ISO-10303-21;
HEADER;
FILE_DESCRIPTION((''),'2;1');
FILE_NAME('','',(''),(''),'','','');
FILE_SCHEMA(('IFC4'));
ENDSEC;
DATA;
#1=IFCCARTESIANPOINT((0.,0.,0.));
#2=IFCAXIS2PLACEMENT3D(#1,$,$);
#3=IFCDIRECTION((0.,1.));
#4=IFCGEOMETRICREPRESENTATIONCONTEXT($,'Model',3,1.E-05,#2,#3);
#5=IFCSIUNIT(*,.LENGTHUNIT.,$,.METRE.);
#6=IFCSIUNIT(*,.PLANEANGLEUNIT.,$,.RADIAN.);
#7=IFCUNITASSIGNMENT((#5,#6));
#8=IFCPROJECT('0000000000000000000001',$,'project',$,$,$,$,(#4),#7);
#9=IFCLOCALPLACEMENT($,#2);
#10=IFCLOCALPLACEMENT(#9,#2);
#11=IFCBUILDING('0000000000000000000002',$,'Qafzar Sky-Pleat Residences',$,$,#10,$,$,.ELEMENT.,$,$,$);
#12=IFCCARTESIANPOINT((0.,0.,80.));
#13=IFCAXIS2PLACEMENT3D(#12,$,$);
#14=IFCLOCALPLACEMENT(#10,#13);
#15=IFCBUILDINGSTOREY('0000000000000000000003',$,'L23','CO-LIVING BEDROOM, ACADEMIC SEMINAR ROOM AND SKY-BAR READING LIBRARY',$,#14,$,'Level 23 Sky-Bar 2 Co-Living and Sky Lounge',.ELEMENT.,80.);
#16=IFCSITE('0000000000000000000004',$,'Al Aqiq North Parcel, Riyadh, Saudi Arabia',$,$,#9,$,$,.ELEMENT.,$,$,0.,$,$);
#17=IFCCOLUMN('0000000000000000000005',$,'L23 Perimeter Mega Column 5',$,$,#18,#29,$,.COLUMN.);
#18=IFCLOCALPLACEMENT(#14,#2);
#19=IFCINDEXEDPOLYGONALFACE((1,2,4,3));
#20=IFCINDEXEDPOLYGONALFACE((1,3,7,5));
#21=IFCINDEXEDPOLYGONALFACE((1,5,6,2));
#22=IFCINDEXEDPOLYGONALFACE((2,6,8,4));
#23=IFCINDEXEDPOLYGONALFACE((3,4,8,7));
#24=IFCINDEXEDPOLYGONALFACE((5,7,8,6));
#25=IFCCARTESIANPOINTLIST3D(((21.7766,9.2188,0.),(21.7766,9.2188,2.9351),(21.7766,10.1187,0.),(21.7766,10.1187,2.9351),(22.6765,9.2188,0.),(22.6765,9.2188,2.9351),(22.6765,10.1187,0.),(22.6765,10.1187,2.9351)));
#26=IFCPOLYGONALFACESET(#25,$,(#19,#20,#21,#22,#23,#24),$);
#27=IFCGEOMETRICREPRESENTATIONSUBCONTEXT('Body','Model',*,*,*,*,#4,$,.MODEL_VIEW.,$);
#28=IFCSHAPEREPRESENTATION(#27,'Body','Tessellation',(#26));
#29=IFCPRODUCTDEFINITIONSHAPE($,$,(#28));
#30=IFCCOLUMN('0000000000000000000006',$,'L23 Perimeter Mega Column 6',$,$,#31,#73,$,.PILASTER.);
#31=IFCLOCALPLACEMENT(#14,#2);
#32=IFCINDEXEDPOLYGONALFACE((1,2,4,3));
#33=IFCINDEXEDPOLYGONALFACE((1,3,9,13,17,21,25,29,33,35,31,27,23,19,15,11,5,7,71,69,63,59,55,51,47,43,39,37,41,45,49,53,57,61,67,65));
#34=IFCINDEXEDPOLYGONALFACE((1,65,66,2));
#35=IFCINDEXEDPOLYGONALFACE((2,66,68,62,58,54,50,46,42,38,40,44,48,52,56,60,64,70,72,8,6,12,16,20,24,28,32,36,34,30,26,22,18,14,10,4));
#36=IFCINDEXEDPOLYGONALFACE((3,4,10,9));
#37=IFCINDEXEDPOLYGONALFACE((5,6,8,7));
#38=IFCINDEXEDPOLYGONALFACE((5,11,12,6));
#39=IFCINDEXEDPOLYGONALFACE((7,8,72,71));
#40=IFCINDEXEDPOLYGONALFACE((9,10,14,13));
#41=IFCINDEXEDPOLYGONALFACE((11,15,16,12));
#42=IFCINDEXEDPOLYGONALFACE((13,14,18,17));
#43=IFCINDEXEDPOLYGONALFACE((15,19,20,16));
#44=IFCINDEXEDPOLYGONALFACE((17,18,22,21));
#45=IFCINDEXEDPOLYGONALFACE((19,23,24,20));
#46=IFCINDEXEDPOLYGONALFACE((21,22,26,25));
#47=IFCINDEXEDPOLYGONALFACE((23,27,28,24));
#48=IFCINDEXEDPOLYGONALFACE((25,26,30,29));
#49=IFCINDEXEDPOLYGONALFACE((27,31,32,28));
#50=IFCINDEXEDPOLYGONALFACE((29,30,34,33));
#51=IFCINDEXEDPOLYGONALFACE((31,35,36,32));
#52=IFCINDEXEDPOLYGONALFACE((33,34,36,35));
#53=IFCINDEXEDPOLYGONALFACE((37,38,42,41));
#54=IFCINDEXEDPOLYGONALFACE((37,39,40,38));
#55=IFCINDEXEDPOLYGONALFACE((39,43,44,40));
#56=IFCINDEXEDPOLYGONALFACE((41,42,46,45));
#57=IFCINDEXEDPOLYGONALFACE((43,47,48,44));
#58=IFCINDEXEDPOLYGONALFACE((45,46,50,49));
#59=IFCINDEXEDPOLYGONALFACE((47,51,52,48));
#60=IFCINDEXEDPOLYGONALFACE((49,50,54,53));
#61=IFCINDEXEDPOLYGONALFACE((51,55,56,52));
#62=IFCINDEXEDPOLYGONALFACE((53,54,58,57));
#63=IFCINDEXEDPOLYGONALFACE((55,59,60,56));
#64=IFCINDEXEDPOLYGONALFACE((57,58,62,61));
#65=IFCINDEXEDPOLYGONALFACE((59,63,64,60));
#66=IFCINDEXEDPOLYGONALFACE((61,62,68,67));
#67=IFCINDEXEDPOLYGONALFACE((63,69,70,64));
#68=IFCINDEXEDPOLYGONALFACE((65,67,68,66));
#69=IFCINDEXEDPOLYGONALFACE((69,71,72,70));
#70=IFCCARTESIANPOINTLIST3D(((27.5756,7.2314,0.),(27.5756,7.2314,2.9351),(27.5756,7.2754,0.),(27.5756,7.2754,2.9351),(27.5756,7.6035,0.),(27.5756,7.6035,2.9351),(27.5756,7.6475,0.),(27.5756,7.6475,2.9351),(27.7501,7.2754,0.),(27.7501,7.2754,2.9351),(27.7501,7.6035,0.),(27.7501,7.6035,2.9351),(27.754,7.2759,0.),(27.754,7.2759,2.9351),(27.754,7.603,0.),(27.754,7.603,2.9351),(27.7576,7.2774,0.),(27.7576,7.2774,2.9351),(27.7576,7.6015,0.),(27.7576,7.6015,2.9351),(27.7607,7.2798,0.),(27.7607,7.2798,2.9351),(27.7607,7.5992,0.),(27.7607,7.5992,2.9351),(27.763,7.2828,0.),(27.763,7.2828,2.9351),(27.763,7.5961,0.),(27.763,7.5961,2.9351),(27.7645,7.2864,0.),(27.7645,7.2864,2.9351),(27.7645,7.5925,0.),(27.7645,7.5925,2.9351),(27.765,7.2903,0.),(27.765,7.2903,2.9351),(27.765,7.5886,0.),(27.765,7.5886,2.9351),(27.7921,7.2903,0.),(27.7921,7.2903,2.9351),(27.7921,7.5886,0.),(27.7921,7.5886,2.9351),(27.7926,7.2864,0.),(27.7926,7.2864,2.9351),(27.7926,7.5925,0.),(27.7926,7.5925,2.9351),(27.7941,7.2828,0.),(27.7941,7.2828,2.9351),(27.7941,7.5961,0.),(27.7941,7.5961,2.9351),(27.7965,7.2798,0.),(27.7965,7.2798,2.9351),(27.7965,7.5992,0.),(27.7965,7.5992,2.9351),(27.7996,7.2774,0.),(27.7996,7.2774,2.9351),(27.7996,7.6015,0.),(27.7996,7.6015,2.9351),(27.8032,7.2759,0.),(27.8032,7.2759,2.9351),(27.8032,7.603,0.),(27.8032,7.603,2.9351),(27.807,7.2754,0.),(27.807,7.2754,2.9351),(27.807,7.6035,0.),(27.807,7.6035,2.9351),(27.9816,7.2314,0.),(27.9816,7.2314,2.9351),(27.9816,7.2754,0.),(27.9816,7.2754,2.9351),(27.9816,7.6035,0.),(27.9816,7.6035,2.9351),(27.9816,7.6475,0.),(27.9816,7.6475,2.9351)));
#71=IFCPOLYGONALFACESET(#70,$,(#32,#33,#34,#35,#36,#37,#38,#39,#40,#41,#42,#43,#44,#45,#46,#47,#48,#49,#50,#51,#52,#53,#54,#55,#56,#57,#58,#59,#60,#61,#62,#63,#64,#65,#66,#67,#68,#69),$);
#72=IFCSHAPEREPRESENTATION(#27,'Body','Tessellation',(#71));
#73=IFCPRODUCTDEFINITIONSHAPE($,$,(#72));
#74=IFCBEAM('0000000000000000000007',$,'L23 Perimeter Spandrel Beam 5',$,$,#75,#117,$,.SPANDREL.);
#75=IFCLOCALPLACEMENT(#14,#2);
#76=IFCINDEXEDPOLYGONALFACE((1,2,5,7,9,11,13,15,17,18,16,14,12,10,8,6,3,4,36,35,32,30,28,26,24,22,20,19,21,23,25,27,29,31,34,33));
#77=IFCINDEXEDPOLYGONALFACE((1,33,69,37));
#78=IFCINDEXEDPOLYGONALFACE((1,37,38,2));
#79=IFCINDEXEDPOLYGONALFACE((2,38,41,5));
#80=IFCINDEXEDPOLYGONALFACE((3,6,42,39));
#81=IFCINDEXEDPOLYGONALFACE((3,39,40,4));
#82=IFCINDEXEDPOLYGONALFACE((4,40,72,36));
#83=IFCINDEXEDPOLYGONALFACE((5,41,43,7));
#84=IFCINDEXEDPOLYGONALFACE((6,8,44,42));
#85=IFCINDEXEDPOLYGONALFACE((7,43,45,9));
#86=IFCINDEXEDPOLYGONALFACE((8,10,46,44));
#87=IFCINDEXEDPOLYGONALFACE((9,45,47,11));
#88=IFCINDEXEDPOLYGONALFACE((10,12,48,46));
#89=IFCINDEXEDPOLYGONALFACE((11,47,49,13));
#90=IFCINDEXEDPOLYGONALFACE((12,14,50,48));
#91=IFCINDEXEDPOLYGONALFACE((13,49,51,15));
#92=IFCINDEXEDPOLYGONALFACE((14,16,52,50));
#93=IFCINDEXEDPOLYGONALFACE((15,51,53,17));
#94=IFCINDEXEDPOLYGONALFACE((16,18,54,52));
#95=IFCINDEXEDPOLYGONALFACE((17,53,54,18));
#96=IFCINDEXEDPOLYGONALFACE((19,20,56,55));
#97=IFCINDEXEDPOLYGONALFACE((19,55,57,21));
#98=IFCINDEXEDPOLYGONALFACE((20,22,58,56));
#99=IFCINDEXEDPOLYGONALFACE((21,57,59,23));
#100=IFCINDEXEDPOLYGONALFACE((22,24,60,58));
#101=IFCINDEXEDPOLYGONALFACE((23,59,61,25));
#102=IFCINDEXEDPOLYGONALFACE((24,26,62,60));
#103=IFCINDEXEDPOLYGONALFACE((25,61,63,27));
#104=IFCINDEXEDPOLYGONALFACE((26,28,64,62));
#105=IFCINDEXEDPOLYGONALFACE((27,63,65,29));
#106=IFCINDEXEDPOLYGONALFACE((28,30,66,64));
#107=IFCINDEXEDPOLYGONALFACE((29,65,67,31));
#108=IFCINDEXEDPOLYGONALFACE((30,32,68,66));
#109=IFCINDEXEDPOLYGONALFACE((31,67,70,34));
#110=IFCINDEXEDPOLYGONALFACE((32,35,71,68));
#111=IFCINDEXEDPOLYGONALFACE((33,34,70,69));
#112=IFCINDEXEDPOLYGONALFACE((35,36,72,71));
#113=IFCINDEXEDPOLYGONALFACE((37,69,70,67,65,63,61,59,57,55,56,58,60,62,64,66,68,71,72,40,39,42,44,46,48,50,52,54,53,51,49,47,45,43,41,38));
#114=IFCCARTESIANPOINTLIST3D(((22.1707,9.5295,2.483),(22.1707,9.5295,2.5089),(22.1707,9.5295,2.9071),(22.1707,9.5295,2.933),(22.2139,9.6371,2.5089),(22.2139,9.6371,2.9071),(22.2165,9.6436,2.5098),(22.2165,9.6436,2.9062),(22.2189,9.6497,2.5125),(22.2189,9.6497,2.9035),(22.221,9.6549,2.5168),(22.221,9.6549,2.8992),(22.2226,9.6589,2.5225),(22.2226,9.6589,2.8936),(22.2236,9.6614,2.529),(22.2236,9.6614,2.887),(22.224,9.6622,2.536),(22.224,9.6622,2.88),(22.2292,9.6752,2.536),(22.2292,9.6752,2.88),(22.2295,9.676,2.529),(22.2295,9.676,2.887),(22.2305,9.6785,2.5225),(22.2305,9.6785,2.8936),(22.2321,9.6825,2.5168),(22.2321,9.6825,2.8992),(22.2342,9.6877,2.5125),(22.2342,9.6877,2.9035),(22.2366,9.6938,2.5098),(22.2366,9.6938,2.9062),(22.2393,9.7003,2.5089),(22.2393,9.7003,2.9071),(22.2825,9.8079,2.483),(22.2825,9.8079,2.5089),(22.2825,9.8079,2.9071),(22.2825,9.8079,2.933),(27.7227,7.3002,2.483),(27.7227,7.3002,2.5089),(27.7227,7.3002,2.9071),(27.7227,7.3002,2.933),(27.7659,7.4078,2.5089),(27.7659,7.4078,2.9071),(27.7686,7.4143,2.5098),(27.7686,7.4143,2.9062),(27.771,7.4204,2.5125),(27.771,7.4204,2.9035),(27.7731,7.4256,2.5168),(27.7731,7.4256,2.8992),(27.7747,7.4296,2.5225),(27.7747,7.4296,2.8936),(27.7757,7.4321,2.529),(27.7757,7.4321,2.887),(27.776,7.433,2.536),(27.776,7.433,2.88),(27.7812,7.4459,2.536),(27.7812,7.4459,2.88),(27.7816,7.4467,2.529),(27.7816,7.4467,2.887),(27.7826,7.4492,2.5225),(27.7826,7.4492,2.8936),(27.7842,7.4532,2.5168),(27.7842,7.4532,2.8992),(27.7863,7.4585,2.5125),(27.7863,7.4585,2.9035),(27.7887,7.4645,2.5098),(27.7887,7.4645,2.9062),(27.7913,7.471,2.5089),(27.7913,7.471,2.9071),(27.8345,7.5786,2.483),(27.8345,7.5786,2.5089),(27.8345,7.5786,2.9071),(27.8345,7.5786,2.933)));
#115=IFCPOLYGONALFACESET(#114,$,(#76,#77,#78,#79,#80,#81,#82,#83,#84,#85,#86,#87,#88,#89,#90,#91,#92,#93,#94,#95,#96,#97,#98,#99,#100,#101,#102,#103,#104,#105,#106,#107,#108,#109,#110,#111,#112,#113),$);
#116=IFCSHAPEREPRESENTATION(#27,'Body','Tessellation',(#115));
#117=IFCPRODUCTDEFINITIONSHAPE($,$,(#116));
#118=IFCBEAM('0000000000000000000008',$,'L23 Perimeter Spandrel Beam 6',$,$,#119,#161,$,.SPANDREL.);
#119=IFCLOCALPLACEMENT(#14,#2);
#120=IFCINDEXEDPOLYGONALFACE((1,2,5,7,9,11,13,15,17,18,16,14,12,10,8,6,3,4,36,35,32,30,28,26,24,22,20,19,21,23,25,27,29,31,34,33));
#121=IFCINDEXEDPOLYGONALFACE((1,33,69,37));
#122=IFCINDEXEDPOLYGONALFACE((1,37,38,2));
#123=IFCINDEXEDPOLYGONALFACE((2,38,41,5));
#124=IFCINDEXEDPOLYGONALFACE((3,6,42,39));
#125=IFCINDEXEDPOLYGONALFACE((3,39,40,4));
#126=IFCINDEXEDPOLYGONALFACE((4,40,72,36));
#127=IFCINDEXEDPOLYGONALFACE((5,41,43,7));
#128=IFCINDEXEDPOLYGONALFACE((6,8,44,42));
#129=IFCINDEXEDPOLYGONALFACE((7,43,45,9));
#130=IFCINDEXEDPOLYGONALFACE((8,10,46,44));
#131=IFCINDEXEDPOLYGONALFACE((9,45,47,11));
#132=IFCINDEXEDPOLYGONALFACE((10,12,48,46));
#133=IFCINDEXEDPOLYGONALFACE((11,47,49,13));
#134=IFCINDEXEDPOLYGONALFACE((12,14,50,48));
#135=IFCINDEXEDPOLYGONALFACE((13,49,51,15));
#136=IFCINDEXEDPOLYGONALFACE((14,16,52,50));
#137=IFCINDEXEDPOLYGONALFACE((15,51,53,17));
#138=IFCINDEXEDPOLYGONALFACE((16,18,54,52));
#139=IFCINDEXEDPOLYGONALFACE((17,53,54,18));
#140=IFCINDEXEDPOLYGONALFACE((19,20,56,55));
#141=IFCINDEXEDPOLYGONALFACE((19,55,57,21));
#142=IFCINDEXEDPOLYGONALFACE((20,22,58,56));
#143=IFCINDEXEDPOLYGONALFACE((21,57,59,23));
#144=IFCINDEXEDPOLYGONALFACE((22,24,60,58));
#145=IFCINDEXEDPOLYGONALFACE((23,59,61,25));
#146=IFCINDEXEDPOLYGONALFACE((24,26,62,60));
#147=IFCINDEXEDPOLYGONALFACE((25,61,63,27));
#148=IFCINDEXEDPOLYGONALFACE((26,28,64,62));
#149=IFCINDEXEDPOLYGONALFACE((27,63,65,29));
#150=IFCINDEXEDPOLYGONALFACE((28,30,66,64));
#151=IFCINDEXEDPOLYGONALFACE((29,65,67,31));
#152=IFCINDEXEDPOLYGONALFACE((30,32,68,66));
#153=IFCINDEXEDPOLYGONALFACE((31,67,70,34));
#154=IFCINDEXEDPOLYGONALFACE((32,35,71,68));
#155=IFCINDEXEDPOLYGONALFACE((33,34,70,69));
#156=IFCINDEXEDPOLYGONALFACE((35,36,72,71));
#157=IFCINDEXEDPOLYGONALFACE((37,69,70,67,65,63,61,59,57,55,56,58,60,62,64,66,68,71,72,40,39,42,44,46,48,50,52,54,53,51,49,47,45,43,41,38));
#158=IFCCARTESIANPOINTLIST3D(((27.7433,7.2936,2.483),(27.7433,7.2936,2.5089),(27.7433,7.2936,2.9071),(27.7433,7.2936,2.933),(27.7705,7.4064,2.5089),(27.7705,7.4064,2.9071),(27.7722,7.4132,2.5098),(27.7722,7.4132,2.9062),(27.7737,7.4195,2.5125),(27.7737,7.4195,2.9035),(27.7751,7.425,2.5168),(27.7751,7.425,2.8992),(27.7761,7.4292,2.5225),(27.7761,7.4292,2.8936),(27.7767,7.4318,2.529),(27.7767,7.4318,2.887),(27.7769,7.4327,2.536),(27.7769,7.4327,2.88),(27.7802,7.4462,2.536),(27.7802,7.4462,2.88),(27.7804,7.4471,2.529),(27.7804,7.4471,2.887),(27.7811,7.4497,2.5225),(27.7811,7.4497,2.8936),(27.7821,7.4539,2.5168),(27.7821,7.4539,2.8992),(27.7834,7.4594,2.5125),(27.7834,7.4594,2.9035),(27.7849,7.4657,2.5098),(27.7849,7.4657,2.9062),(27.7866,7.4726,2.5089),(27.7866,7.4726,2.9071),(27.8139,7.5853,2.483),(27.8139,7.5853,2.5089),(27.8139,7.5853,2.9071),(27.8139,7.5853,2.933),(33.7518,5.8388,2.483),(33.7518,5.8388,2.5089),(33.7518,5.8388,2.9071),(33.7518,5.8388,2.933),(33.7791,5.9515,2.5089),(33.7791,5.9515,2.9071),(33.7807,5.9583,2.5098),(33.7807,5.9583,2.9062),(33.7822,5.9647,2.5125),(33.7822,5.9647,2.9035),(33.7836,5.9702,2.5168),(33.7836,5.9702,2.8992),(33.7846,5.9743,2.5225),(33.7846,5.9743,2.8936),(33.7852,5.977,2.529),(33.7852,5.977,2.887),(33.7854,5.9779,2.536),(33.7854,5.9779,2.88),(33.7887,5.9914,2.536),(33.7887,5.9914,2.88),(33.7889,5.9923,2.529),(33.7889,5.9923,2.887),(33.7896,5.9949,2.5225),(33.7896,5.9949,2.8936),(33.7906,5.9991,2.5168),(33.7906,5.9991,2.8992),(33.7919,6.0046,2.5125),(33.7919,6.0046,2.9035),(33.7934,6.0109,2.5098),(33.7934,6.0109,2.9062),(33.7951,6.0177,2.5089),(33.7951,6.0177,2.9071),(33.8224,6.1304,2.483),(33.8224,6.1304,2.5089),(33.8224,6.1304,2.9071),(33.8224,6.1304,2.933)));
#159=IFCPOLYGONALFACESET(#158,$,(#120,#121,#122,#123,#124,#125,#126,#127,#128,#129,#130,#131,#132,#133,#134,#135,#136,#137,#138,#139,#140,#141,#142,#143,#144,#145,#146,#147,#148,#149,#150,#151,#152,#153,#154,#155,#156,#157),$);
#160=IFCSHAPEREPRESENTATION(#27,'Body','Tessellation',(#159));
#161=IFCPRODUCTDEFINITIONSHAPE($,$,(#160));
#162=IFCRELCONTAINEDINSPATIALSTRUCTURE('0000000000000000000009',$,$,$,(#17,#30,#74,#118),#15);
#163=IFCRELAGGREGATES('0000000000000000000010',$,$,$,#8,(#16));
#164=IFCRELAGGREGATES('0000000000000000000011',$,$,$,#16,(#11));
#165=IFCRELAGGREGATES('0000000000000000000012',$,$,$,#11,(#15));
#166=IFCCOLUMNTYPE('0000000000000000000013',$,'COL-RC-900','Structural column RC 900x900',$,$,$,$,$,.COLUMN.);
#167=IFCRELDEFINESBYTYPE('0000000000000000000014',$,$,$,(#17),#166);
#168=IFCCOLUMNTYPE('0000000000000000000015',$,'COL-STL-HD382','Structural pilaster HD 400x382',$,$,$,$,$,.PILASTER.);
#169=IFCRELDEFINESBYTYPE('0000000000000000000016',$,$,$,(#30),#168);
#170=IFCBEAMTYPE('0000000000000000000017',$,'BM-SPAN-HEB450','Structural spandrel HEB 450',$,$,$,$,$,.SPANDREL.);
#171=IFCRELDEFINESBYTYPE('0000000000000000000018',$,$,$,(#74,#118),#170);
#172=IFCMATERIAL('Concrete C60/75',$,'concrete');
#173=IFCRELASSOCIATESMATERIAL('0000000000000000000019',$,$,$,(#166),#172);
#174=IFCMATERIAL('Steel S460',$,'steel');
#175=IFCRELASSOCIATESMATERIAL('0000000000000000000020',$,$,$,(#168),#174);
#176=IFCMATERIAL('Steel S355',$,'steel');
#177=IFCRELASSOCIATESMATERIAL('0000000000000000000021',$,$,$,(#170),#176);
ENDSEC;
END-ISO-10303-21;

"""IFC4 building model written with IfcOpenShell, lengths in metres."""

from ifc_helpers import new_model, si_unit, direction, frame, origin, origin_2d, place, context, subcontext, project, spatial, rectangle, i_section, extrude, source, transform, mapped, material, material_profile, profile_set, type_object, element, save


model = new_model("IFC4")

# Units and contexts
model_context = context("Model", 3, precision=1e-05, world=origin(), true_north=direction((0.0, 1.0)))
body_context = subcontext(model_context, "Body", "Model", "MODEL_VIEW")
ifc_project = project(units=[si_unit("LENGTHUNIT", "METRE"), si_unit("PLANEANGLEUNIT", "RADIAN")], contexts=[model_context])

# Site, building, storey
site_placement = place(None, origin())
site = spatial("IfcSite", under=ifc_project, at=site_placement, Name="Al Aqiq North Parcel, Riyadh, Saudi Arabia", CompositionType="ELEMENT", RefElevation=0.0)
building_placement = place(site_placement, origin())
building = spatial("IfcBuilding", under=site, at=building_placement, Name="Qafzar Sky-Pleat Residences", CompositionType="ELEMENT")
storey_placement = place(building_placement, frame((0.0, 0.0, 80.0)))
storey = spatial("IfcBuildingStorey", under=building, at=storey_placement, Name="L23", Description="CO-LIVING BEDROOM, ACADEMIC SEMINAR ROOM AND SKY-BAR READING LIBRARY", LongName="Level 23 Sky-Bar 2 Co-Living and Sky Lounge", CompositionType="ELEMENT", Elevation=80.0)

# Columns
ifc_material_1 = material(Name="Concrete C60/75", Category="concrete")
ifc_material_profile_1 = material_profile(ifc_material_1, rectangle(XDim=0.8999, YDim=0.8999, at=origin_2d()), Name="RC 900x900")
ifc_profile_set_1 = profile_set([ifc_material_profile_1], Name="Concrete C60/75")
column_type_1 = type_object("IfcColumnType", Name="COL-RC-900", Description="Structural column RC 900x900", PredefinedType="COLUMN", material=ifc_profile_set_1)
shared_shape_1 = source(origin(), body_context, "Body", "SweptSolid", [
    extrude(rectangle(XDim=0.8999, YDim=0.8999, at=origin_2d()), origin(), (0.0, 0.0, 1.0), 2.9351),
])
column_1_placement = place(storey_placement, frame((22.2266, 9.6687, 0.0), z_axis=(0.0, 0.0, 1.0), x_axis=(1.0, 0.0, 0.0)))
element("IfcColumn", 1, at=column_1_placement, inside=storey, type_object=column_type_1, Name="L23 Perimeter Mega Column 5", PredefinedType="COLUMN", context=body_context, shape_type="MappedRepresentation", body=[
    mapped(shared_shape_1, transform((0.0, 0.0, 0.0), x_axis=(1.0, 0.0, 0.0), y_axis=(0.0, 1.0, 0.0), z_axis=(0.0, 0.0, 1.0), scale=1.0)),
])
ifc_material_2 = material(Name="Steel S460", Category="steel")
ifc_material_profile_2 = material_profile(ifc_material_2, i_section(OverallWidth=0.406, OverallDepth=0.416, WebThickness=0.0271, FlangeThickness=0.0439, FilletRadius=0.0149, at=origin_2d()), Name="HD 400x382")
ifc_profile_set_2 = profile_set([ifc_material_profile_2], Name="Steel S460")
column_type_2 = type_object("IfcColumnType", Name="COL-STL-HD382", Description="Structural pilaster HD 400x382", PredefinedType="PILASTER", material=ifc_profile_set_2)
shared_shape_2 = source(origin(), body_context, "Body", "SweptSolid", [
    extrude(i_section(OverallWidth=0.406, OverallDepth=0.416, WebThickness=0.0271, FlangeThickness=0.0439, FilletRadius=0.0149, at=origin_2d()), origin(), (0.0, 0.0, 1.0), 2.9351),
])
column_2_placement = place(storey_placement, frame((27.7786, 7.4395, 0.0), z_axis=(0.0, 0.0, 1.0), x_axis=(1.0, 0.0, 0.0)))
element("IfcColumn", 2, at=column_2_placement, inside=storey, type_object=column_type_2, Name="L23 Perimeter Mega Column 6", PredefinedType="PILASTER", context=body_context, shape_type="MappedRepresentation", body=[
    mapped(shared_shape_2, transform((0.0, 0.0, 0.0), x_axis=(1.0, 0.0, 0.0), y_axis=(0.0, 1.0, 0.0), z_axis=(0.0, 0.0, 1.0), scale=1.0)),
])

# Beams
ifc_material_3 = material(Name="Steel S355", Category="steel")
ifc_material_profile_3 = material_profile(ifc_material_3, i_section(OverallWidth=0.3, OverallDepth=0.45, WebThickness=0.0139, FlangeThickness=0.0259, FilletRadius=0.0271, at=origin_2d()), Name="HEB 450")
ifc_profile_set_3 = profile_set([ifc_material_profile_3], Name="Steel S355")
beam_type_1 = type_object("IfcBeamType", Name="BM-SPAN-HEB450", Description="Structural spandrel HEB 450", PredefinedType="SPANDREL", material=ifc_profile_set_3)
shared_shape_3 = source(origin(), body_context, "Body", "SweptSolid", [
    extrude(i_section(OverallWidth=0.3, OverallDepth=0.45, WebThickness=0.0139, FlangeThickness=0.0259, FilletRadius=0.0271, at=origin_2d()), origin(), (0.0, 0.0, 1.0), 5.9829),
])
beam_1_placement = place(storey_placement, frame((22.2266, 9.6687, 2.708), z_axis=(0.927989, -0.372608, 0.0), x_axis=(0.372608, 0.927989, 0.0)))
element("IfcBeam", 3, at=beam_1_placement, inside=storey, type_object=beam_type_1, Name="L23 Perimeter Spandrel Beam 5", PredefinedType="SPANDREL", context=body_context, shape_type="MappedRepresentation", body=[
    mapped(shared_shape_3, transform((0.0, 0.0, 0.0), x_axis=(1.0, 0.0, 0.0), y_axis=(0.0, 1.0, 0.0), z_axis=(0.0, 0.0, 1.0), scale=1.0)),
])
shared_shape_4 = source(origin(), body_context, "Body", "SweptSolid", [
    extrude(i_section(OverallWidth=0.3, OverallDepth=0.45, WebThickness=0.0139, FlangeThickness=0.0259, FilletRadius=0.0271, at=origin_2d()), origin(), (0.0, 0.0, 1.0), 6.1821),
])
beam_2_placement = place(storey_placement, frame((27.7786, 7.4395, 2.708), z_axis=(0.971916, -0.235328, 0.0), x_axis=(0.235328, 0.971916, 0.0)))
element("IfcBeam", 4, at=beam_2_placement, inside=storey, type_object=beam_type_1, Name="L23 Perimeter Spandrel Beam 6", PredefinedType="SPANDREL", context=body_context, shape_type="MappedRepresentation", body=[
    mapped(shared_shape_4, transform((0.0, 0.0, 0.0), x_axis=(1.0, 0.0, 0.0), y_axis=(0.0, 1.0, 0.0), z_axis=(0.0, 0.0, 1.0), scale=1.0)),
])

save(model, "model.ifc")
